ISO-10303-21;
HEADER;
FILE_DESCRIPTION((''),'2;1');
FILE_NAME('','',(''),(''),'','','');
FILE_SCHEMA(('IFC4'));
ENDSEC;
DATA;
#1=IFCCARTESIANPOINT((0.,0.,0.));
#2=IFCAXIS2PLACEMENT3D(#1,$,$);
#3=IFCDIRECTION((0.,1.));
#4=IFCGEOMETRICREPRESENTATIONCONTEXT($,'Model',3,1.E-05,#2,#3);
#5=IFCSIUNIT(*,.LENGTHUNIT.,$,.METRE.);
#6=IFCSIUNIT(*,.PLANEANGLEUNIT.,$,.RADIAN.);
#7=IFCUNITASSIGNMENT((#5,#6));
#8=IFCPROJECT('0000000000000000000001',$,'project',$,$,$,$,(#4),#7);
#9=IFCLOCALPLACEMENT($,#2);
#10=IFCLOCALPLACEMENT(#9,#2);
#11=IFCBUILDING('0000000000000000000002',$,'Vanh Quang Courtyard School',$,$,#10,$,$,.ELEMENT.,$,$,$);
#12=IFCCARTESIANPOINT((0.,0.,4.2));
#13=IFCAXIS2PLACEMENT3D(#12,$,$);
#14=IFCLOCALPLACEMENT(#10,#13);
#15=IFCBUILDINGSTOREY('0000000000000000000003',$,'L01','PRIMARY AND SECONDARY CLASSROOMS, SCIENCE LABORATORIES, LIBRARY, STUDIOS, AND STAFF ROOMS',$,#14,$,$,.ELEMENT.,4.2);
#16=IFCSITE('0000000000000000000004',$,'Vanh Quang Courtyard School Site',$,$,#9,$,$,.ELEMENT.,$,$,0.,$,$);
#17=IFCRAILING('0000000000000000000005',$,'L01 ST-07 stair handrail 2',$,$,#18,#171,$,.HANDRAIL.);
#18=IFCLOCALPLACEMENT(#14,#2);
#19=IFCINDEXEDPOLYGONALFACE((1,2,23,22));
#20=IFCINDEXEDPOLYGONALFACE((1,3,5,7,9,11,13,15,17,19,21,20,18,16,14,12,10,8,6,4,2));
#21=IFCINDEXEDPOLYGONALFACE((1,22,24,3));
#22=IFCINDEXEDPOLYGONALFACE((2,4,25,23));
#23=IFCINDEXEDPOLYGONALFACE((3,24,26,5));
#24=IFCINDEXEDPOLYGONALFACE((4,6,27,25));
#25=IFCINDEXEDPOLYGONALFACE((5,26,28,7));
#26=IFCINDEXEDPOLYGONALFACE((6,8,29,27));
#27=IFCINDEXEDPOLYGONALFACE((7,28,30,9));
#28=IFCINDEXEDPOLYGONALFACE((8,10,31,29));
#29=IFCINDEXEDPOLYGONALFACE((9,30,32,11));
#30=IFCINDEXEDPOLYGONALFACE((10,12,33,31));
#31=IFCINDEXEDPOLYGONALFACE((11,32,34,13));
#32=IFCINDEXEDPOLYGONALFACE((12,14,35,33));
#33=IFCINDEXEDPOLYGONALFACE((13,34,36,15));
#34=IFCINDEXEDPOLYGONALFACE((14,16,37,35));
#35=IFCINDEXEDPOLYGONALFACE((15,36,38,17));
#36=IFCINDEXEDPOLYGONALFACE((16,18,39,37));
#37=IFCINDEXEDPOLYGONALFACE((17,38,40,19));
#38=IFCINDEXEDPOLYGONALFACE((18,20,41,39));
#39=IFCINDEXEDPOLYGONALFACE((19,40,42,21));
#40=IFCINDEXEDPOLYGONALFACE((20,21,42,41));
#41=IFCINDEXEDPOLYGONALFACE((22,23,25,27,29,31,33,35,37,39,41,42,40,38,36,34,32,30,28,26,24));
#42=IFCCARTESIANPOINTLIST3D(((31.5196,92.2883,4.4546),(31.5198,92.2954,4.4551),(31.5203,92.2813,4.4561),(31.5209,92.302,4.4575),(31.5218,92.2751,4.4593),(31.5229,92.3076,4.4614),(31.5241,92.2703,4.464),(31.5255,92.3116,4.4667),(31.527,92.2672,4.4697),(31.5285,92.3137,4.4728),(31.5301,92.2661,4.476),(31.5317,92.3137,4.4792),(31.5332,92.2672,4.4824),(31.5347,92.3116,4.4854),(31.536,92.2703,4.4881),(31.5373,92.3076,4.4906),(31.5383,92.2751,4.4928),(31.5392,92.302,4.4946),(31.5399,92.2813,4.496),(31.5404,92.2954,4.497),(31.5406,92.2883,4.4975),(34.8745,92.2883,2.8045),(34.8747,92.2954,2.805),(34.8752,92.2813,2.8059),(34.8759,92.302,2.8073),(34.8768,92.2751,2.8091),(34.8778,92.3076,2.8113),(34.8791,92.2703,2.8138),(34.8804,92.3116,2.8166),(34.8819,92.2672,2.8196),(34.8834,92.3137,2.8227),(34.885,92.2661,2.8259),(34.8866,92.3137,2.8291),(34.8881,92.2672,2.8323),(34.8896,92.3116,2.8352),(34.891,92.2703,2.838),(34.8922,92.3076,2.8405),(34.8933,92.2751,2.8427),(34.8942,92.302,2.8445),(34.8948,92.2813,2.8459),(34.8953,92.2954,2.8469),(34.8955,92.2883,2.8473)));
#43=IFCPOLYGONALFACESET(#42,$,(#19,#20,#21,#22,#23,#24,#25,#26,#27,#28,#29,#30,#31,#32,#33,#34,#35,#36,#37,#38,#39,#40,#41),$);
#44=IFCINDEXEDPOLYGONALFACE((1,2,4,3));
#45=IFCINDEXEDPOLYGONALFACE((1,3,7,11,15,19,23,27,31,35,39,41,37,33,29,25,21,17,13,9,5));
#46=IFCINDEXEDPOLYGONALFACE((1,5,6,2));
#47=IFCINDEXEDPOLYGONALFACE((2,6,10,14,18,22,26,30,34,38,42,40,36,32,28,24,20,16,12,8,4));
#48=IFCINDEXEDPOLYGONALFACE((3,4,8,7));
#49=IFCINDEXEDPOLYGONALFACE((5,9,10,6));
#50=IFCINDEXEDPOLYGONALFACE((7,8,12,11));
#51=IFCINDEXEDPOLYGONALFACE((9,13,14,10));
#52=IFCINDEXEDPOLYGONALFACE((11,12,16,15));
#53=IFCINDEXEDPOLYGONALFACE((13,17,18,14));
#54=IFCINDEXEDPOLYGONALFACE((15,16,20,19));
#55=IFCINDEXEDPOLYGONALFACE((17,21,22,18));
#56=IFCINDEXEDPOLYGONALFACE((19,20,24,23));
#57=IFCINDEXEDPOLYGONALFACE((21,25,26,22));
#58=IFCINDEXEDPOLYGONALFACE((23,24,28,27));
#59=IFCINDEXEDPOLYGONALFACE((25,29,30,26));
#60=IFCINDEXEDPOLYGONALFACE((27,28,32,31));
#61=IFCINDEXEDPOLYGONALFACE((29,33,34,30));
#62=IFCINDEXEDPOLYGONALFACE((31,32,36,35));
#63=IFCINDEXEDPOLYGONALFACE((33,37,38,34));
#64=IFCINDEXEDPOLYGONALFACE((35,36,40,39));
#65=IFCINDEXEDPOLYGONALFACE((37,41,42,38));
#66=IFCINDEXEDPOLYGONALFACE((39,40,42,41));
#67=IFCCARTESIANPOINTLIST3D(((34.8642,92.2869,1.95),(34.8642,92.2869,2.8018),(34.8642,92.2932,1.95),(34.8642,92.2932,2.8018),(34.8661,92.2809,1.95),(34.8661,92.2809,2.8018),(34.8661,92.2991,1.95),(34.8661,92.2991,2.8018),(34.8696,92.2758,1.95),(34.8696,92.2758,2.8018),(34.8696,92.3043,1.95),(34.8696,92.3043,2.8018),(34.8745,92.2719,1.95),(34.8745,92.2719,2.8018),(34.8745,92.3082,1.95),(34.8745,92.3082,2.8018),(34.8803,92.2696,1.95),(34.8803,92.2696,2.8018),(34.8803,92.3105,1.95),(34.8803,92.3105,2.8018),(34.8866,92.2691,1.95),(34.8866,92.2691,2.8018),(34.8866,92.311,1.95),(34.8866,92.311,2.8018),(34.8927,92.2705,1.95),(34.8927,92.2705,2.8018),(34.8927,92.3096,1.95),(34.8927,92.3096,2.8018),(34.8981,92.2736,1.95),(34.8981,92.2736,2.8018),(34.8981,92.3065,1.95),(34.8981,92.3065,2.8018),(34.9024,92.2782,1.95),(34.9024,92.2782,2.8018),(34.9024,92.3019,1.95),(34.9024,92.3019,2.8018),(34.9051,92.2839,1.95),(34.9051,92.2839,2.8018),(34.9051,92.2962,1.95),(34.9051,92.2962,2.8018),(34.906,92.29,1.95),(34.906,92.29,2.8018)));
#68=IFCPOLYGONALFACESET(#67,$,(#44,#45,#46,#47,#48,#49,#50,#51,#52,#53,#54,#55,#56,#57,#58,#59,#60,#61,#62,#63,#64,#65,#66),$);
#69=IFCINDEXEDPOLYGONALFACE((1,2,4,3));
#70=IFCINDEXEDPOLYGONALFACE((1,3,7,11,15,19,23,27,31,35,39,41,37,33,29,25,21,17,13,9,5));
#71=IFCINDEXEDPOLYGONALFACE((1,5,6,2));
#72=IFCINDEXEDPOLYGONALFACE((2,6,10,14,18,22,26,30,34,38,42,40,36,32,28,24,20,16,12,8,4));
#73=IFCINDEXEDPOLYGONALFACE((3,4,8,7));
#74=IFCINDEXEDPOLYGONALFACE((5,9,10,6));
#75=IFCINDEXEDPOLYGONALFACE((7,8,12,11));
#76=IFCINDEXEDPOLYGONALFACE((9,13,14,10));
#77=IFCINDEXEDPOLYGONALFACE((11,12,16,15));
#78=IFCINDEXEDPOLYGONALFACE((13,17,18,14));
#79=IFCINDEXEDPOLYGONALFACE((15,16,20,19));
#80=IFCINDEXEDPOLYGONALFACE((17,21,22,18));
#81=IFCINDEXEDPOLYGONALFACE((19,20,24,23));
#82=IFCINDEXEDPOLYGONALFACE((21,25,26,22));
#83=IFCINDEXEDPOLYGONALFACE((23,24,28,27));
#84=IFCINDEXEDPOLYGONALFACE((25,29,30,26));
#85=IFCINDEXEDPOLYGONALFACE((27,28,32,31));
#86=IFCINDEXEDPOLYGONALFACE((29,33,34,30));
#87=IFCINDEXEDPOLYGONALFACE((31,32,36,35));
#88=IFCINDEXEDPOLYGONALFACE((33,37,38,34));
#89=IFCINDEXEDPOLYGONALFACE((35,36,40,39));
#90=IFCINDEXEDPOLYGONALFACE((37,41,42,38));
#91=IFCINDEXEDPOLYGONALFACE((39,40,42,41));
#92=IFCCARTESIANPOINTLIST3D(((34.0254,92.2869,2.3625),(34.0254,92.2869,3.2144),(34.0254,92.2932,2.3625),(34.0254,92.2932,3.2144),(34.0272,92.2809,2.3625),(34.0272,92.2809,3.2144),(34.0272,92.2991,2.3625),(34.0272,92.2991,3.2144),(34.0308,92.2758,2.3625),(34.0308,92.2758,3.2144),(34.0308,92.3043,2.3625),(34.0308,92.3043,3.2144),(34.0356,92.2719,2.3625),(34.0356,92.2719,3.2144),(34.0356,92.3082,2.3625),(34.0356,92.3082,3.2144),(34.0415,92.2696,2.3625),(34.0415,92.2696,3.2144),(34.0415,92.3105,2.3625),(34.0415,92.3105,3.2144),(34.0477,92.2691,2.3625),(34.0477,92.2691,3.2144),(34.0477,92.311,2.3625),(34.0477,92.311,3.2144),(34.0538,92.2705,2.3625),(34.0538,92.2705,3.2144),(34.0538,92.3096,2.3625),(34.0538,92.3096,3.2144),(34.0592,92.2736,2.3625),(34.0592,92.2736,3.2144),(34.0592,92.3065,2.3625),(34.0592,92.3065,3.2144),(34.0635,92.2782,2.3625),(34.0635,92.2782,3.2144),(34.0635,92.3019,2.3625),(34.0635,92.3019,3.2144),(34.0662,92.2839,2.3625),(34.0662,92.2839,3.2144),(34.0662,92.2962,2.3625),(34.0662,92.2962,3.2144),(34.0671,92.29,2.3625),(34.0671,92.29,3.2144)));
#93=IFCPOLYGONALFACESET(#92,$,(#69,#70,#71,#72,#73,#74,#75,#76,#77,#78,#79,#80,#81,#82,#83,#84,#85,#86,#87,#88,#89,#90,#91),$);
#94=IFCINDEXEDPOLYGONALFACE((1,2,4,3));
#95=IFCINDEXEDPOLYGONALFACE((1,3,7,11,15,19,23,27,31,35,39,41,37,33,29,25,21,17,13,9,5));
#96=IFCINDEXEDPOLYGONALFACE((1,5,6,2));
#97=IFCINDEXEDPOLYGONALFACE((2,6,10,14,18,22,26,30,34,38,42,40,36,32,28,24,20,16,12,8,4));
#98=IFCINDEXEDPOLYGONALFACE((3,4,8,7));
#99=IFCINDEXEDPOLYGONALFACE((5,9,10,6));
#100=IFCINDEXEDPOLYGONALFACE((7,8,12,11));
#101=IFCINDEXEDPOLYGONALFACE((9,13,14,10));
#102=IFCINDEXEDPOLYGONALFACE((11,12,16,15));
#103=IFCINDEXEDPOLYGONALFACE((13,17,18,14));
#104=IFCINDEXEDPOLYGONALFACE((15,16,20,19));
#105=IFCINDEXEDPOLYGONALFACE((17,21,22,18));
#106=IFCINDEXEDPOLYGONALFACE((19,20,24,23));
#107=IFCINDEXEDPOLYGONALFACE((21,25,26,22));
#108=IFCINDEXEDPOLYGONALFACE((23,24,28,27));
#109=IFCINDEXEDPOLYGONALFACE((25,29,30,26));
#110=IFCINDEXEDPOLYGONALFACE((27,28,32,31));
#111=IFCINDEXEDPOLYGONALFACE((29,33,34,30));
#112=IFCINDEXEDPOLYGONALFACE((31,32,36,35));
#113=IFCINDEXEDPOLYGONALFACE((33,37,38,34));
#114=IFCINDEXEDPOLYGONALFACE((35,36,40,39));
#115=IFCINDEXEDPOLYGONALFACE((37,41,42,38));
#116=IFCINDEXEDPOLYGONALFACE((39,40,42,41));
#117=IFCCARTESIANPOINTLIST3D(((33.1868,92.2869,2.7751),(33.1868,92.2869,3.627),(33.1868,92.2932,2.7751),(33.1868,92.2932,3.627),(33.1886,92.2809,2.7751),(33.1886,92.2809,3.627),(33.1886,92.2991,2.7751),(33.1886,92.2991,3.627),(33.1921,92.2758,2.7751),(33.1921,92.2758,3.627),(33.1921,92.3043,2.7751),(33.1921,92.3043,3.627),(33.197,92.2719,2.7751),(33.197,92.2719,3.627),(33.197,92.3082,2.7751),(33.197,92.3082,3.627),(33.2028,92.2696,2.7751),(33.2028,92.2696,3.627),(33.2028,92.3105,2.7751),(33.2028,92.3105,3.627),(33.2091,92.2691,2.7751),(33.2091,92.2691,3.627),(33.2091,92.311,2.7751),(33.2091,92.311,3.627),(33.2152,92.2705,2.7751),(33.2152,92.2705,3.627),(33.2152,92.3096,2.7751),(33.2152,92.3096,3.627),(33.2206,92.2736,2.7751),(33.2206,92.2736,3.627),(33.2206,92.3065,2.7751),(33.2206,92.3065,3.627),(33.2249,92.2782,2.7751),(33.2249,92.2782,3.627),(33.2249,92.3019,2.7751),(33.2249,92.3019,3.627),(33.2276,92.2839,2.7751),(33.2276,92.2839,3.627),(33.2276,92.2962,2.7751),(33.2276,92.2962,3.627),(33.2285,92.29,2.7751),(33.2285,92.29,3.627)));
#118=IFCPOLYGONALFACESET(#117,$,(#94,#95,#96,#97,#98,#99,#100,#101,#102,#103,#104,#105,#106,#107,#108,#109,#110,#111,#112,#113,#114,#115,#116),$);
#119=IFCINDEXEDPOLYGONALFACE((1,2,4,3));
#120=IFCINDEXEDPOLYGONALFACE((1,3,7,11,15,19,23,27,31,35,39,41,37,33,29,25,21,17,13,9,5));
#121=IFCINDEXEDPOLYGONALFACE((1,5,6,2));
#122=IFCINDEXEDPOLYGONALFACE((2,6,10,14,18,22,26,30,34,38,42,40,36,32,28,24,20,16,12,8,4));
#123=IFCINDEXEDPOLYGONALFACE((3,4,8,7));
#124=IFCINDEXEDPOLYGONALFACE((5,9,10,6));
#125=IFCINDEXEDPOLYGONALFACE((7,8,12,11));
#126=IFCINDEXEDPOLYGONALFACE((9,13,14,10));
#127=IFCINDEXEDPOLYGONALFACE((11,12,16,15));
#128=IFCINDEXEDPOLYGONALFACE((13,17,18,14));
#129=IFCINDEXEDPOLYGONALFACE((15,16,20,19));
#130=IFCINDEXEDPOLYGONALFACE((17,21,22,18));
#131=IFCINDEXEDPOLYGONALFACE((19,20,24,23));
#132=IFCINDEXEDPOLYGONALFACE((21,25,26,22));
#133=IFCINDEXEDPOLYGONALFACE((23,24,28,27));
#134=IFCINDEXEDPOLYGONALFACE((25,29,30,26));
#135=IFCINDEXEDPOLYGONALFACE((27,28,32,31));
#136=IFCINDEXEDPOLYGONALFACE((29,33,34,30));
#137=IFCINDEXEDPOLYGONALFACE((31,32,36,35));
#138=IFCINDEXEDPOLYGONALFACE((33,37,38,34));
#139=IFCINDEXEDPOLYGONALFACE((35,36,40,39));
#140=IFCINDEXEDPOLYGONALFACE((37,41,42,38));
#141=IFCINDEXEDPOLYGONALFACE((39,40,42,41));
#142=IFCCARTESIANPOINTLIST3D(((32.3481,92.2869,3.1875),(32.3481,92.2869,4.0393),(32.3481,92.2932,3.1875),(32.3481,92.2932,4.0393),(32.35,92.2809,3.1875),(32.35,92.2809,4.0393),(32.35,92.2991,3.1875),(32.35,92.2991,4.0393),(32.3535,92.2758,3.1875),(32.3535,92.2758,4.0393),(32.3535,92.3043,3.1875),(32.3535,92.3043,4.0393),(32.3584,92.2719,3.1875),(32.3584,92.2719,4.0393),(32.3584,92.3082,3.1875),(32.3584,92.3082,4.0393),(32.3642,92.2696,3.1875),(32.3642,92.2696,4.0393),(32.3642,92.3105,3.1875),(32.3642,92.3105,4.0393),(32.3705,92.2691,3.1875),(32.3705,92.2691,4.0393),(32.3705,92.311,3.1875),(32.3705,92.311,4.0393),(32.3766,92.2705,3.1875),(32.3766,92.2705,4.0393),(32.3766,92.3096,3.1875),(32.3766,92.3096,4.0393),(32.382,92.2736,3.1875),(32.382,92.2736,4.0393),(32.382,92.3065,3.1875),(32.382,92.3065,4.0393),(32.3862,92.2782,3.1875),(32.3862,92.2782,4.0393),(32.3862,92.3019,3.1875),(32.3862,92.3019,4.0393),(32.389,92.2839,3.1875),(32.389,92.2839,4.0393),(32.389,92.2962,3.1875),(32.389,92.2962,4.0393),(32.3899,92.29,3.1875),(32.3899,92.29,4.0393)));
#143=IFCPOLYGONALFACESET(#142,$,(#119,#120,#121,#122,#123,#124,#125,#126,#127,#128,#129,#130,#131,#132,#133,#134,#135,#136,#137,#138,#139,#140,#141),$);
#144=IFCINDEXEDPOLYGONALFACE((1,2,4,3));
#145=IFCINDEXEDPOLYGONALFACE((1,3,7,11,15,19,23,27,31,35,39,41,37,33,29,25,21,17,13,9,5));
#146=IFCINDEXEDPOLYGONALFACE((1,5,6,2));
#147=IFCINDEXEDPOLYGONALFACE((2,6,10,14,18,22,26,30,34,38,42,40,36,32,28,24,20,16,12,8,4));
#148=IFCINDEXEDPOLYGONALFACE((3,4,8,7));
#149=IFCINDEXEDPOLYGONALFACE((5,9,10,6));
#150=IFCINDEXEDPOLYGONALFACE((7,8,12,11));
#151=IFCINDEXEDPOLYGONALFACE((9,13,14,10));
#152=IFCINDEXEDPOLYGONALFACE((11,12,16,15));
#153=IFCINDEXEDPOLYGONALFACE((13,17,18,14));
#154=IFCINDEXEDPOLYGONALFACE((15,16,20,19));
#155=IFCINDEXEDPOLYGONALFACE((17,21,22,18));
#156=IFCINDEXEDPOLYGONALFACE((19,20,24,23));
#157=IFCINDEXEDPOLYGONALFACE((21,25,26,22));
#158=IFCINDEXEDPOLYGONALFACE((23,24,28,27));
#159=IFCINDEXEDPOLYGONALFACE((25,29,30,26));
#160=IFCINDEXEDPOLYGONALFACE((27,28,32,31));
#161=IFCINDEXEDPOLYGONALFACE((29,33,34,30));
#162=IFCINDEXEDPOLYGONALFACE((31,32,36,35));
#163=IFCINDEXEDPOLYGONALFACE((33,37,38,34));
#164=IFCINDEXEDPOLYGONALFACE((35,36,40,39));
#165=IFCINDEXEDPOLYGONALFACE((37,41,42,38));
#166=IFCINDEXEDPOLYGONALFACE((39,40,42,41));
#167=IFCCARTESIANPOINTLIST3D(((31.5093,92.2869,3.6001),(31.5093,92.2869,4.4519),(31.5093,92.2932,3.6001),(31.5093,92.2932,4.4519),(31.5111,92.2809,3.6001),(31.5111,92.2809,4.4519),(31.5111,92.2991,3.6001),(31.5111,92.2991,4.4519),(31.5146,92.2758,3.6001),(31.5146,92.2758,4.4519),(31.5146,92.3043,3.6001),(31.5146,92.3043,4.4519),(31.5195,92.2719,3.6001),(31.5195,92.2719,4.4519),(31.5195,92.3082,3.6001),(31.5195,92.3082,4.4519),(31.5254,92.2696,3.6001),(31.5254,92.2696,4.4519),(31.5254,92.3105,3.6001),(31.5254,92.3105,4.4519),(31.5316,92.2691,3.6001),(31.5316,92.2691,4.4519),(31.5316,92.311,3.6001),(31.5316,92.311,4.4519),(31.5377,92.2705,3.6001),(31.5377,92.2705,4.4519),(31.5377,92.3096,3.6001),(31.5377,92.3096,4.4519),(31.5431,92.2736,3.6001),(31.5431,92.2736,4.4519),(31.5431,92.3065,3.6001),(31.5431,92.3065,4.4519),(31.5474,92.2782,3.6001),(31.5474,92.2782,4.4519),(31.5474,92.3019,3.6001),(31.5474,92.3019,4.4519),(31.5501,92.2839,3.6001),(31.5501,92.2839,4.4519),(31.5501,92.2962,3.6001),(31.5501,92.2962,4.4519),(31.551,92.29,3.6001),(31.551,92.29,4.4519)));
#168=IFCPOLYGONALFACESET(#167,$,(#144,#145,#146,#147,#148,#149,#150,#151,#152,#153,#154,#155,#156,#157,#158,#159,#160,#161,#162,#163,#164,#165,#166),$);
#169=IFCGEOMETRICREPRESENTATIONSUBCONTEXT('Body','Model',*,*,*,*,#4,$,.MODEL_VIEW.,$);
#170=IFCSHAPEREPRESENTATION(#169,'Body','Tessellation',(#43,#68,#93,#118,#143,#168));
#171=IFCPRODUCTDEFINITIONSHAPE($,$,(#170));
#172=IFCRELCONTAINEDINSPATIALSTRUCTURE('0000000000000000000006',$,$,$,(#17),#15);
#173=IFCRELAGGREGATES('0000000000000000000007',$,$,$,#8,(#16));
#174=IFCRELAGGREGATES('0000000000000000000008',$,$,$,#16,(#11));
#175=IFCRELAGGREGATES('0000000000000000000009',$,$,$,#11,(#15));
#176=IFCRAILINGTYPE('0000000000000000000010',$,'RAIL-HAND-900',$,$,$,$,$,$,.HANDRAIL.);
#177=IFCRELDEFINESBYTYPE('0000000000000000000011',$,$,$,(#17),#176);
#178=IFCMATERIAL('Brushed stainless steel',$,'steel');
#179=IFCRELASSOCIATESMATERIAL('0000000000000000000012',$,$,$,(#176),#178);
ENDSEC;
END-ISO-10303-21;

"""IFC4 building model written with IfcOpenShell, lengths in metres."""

from ifc_helpers import new_model, si_unit, direction, frame, origin, origin_2d, place, context, subcontext, project, spatial, circle, extrude, material, type_object, element, save


model = new_model("IFC4")

# Units and contexts
model_context = context("Model", 3, precision=1e-05, world=origin(), true_north=direction((0.0, 1.0)))
body_context = subcontext(model_context, "Body", "Model", "MODEL_VIEW")
ifc_project = project(units=[si_unit("LENGTHUNIT", "METRE"), si_unit("PLANEANGLEUNIT", "RADIAN")], contexts=[model_context])

# Site, building, storey
site_placement = place(None, origin())
site = spatial("IfcSite", under=ifc_project, at=site_placement, Name="Vanh Quang Courtyard School Site", CompositionType="ELEMENT", RefElevation=0.0)
building_placement = place(site_placement, origin())
building = spatial("IfcBuilding", under=site, at=building_placement, Name="Vanh Quang Courtyard School", CompositionType="ELEMENT")
storey_placement = place(building_placement, frame((0.0, 0.0, 4.2)))
storey = spatial("IfcBuildingStorey", under=building, at=storey_placement, Name="L01", Description="PRIMARY AND SECONDARY CLASSROOMS, SCIENCE LABORATORIES, LIBRARY, STUDIOS, AND STAFF ROOMS", CompositionType="ELEMENT", Elevation=4.2)

# Railing
ifc_material_1 = material(Name="Brushed stainless steel", Category="steel")
railing_type_1 = type_object("IfcRailingType", Name="RAIL-HAND-900", PredefinedType="HANDRAIL", material=ifc_material_1)
railing_1_placement = place(storey_placement, frame((34.885, 92.29, 1.95)))
element("IfcRailing", 1, at=railing_1_placement, inside=storey, type_object=railing_type_1, Name="L01 ST-07 stair handrail 2", PredefinedType="HANDRAIL", context=body_context, shape_type="SweptSolid", body=[
    extrude(circle(Radius=0.0239, at=origin_2d()), frame((0.0, 0.0, 0.876), z_axis=(-0.897333, 0.0, 0.441353), x_axis=(0.0, -1.0, 0.0)), (0.0, 0.0, 1.0), 3.7388),
    extrude(circle(Radius=0.021, at=origin_2d()), origin(), (0.0, 0.0, 1.0), 0.8518),
    extrude(circle(Radius=0.021, at=origin_2d()), frame((-0.8389, 0.0, 0.4126)), (0.0, 0.0, 1.0), 0.8518),
    extrude(circle(Radius=0.021, at=origin_2d()), frame((-1.6775, 0.0, 0.8252)), (0.0, 0.0, 1.0), 0.8518),
    extrude(circle(Radius=0.021, at=origin_2d()), frame((-2.5161, 0.0, 1.2375)), (0.0, 0.0, 1.0), 0.8518),
    extrude(circle(Radius=0.021, at=origin_2d()), frame((-3.355, 0.0, 1.6501)), (0.0, 0.0, 1.0), 0.8518),
])

save(model, "model.ifc")
